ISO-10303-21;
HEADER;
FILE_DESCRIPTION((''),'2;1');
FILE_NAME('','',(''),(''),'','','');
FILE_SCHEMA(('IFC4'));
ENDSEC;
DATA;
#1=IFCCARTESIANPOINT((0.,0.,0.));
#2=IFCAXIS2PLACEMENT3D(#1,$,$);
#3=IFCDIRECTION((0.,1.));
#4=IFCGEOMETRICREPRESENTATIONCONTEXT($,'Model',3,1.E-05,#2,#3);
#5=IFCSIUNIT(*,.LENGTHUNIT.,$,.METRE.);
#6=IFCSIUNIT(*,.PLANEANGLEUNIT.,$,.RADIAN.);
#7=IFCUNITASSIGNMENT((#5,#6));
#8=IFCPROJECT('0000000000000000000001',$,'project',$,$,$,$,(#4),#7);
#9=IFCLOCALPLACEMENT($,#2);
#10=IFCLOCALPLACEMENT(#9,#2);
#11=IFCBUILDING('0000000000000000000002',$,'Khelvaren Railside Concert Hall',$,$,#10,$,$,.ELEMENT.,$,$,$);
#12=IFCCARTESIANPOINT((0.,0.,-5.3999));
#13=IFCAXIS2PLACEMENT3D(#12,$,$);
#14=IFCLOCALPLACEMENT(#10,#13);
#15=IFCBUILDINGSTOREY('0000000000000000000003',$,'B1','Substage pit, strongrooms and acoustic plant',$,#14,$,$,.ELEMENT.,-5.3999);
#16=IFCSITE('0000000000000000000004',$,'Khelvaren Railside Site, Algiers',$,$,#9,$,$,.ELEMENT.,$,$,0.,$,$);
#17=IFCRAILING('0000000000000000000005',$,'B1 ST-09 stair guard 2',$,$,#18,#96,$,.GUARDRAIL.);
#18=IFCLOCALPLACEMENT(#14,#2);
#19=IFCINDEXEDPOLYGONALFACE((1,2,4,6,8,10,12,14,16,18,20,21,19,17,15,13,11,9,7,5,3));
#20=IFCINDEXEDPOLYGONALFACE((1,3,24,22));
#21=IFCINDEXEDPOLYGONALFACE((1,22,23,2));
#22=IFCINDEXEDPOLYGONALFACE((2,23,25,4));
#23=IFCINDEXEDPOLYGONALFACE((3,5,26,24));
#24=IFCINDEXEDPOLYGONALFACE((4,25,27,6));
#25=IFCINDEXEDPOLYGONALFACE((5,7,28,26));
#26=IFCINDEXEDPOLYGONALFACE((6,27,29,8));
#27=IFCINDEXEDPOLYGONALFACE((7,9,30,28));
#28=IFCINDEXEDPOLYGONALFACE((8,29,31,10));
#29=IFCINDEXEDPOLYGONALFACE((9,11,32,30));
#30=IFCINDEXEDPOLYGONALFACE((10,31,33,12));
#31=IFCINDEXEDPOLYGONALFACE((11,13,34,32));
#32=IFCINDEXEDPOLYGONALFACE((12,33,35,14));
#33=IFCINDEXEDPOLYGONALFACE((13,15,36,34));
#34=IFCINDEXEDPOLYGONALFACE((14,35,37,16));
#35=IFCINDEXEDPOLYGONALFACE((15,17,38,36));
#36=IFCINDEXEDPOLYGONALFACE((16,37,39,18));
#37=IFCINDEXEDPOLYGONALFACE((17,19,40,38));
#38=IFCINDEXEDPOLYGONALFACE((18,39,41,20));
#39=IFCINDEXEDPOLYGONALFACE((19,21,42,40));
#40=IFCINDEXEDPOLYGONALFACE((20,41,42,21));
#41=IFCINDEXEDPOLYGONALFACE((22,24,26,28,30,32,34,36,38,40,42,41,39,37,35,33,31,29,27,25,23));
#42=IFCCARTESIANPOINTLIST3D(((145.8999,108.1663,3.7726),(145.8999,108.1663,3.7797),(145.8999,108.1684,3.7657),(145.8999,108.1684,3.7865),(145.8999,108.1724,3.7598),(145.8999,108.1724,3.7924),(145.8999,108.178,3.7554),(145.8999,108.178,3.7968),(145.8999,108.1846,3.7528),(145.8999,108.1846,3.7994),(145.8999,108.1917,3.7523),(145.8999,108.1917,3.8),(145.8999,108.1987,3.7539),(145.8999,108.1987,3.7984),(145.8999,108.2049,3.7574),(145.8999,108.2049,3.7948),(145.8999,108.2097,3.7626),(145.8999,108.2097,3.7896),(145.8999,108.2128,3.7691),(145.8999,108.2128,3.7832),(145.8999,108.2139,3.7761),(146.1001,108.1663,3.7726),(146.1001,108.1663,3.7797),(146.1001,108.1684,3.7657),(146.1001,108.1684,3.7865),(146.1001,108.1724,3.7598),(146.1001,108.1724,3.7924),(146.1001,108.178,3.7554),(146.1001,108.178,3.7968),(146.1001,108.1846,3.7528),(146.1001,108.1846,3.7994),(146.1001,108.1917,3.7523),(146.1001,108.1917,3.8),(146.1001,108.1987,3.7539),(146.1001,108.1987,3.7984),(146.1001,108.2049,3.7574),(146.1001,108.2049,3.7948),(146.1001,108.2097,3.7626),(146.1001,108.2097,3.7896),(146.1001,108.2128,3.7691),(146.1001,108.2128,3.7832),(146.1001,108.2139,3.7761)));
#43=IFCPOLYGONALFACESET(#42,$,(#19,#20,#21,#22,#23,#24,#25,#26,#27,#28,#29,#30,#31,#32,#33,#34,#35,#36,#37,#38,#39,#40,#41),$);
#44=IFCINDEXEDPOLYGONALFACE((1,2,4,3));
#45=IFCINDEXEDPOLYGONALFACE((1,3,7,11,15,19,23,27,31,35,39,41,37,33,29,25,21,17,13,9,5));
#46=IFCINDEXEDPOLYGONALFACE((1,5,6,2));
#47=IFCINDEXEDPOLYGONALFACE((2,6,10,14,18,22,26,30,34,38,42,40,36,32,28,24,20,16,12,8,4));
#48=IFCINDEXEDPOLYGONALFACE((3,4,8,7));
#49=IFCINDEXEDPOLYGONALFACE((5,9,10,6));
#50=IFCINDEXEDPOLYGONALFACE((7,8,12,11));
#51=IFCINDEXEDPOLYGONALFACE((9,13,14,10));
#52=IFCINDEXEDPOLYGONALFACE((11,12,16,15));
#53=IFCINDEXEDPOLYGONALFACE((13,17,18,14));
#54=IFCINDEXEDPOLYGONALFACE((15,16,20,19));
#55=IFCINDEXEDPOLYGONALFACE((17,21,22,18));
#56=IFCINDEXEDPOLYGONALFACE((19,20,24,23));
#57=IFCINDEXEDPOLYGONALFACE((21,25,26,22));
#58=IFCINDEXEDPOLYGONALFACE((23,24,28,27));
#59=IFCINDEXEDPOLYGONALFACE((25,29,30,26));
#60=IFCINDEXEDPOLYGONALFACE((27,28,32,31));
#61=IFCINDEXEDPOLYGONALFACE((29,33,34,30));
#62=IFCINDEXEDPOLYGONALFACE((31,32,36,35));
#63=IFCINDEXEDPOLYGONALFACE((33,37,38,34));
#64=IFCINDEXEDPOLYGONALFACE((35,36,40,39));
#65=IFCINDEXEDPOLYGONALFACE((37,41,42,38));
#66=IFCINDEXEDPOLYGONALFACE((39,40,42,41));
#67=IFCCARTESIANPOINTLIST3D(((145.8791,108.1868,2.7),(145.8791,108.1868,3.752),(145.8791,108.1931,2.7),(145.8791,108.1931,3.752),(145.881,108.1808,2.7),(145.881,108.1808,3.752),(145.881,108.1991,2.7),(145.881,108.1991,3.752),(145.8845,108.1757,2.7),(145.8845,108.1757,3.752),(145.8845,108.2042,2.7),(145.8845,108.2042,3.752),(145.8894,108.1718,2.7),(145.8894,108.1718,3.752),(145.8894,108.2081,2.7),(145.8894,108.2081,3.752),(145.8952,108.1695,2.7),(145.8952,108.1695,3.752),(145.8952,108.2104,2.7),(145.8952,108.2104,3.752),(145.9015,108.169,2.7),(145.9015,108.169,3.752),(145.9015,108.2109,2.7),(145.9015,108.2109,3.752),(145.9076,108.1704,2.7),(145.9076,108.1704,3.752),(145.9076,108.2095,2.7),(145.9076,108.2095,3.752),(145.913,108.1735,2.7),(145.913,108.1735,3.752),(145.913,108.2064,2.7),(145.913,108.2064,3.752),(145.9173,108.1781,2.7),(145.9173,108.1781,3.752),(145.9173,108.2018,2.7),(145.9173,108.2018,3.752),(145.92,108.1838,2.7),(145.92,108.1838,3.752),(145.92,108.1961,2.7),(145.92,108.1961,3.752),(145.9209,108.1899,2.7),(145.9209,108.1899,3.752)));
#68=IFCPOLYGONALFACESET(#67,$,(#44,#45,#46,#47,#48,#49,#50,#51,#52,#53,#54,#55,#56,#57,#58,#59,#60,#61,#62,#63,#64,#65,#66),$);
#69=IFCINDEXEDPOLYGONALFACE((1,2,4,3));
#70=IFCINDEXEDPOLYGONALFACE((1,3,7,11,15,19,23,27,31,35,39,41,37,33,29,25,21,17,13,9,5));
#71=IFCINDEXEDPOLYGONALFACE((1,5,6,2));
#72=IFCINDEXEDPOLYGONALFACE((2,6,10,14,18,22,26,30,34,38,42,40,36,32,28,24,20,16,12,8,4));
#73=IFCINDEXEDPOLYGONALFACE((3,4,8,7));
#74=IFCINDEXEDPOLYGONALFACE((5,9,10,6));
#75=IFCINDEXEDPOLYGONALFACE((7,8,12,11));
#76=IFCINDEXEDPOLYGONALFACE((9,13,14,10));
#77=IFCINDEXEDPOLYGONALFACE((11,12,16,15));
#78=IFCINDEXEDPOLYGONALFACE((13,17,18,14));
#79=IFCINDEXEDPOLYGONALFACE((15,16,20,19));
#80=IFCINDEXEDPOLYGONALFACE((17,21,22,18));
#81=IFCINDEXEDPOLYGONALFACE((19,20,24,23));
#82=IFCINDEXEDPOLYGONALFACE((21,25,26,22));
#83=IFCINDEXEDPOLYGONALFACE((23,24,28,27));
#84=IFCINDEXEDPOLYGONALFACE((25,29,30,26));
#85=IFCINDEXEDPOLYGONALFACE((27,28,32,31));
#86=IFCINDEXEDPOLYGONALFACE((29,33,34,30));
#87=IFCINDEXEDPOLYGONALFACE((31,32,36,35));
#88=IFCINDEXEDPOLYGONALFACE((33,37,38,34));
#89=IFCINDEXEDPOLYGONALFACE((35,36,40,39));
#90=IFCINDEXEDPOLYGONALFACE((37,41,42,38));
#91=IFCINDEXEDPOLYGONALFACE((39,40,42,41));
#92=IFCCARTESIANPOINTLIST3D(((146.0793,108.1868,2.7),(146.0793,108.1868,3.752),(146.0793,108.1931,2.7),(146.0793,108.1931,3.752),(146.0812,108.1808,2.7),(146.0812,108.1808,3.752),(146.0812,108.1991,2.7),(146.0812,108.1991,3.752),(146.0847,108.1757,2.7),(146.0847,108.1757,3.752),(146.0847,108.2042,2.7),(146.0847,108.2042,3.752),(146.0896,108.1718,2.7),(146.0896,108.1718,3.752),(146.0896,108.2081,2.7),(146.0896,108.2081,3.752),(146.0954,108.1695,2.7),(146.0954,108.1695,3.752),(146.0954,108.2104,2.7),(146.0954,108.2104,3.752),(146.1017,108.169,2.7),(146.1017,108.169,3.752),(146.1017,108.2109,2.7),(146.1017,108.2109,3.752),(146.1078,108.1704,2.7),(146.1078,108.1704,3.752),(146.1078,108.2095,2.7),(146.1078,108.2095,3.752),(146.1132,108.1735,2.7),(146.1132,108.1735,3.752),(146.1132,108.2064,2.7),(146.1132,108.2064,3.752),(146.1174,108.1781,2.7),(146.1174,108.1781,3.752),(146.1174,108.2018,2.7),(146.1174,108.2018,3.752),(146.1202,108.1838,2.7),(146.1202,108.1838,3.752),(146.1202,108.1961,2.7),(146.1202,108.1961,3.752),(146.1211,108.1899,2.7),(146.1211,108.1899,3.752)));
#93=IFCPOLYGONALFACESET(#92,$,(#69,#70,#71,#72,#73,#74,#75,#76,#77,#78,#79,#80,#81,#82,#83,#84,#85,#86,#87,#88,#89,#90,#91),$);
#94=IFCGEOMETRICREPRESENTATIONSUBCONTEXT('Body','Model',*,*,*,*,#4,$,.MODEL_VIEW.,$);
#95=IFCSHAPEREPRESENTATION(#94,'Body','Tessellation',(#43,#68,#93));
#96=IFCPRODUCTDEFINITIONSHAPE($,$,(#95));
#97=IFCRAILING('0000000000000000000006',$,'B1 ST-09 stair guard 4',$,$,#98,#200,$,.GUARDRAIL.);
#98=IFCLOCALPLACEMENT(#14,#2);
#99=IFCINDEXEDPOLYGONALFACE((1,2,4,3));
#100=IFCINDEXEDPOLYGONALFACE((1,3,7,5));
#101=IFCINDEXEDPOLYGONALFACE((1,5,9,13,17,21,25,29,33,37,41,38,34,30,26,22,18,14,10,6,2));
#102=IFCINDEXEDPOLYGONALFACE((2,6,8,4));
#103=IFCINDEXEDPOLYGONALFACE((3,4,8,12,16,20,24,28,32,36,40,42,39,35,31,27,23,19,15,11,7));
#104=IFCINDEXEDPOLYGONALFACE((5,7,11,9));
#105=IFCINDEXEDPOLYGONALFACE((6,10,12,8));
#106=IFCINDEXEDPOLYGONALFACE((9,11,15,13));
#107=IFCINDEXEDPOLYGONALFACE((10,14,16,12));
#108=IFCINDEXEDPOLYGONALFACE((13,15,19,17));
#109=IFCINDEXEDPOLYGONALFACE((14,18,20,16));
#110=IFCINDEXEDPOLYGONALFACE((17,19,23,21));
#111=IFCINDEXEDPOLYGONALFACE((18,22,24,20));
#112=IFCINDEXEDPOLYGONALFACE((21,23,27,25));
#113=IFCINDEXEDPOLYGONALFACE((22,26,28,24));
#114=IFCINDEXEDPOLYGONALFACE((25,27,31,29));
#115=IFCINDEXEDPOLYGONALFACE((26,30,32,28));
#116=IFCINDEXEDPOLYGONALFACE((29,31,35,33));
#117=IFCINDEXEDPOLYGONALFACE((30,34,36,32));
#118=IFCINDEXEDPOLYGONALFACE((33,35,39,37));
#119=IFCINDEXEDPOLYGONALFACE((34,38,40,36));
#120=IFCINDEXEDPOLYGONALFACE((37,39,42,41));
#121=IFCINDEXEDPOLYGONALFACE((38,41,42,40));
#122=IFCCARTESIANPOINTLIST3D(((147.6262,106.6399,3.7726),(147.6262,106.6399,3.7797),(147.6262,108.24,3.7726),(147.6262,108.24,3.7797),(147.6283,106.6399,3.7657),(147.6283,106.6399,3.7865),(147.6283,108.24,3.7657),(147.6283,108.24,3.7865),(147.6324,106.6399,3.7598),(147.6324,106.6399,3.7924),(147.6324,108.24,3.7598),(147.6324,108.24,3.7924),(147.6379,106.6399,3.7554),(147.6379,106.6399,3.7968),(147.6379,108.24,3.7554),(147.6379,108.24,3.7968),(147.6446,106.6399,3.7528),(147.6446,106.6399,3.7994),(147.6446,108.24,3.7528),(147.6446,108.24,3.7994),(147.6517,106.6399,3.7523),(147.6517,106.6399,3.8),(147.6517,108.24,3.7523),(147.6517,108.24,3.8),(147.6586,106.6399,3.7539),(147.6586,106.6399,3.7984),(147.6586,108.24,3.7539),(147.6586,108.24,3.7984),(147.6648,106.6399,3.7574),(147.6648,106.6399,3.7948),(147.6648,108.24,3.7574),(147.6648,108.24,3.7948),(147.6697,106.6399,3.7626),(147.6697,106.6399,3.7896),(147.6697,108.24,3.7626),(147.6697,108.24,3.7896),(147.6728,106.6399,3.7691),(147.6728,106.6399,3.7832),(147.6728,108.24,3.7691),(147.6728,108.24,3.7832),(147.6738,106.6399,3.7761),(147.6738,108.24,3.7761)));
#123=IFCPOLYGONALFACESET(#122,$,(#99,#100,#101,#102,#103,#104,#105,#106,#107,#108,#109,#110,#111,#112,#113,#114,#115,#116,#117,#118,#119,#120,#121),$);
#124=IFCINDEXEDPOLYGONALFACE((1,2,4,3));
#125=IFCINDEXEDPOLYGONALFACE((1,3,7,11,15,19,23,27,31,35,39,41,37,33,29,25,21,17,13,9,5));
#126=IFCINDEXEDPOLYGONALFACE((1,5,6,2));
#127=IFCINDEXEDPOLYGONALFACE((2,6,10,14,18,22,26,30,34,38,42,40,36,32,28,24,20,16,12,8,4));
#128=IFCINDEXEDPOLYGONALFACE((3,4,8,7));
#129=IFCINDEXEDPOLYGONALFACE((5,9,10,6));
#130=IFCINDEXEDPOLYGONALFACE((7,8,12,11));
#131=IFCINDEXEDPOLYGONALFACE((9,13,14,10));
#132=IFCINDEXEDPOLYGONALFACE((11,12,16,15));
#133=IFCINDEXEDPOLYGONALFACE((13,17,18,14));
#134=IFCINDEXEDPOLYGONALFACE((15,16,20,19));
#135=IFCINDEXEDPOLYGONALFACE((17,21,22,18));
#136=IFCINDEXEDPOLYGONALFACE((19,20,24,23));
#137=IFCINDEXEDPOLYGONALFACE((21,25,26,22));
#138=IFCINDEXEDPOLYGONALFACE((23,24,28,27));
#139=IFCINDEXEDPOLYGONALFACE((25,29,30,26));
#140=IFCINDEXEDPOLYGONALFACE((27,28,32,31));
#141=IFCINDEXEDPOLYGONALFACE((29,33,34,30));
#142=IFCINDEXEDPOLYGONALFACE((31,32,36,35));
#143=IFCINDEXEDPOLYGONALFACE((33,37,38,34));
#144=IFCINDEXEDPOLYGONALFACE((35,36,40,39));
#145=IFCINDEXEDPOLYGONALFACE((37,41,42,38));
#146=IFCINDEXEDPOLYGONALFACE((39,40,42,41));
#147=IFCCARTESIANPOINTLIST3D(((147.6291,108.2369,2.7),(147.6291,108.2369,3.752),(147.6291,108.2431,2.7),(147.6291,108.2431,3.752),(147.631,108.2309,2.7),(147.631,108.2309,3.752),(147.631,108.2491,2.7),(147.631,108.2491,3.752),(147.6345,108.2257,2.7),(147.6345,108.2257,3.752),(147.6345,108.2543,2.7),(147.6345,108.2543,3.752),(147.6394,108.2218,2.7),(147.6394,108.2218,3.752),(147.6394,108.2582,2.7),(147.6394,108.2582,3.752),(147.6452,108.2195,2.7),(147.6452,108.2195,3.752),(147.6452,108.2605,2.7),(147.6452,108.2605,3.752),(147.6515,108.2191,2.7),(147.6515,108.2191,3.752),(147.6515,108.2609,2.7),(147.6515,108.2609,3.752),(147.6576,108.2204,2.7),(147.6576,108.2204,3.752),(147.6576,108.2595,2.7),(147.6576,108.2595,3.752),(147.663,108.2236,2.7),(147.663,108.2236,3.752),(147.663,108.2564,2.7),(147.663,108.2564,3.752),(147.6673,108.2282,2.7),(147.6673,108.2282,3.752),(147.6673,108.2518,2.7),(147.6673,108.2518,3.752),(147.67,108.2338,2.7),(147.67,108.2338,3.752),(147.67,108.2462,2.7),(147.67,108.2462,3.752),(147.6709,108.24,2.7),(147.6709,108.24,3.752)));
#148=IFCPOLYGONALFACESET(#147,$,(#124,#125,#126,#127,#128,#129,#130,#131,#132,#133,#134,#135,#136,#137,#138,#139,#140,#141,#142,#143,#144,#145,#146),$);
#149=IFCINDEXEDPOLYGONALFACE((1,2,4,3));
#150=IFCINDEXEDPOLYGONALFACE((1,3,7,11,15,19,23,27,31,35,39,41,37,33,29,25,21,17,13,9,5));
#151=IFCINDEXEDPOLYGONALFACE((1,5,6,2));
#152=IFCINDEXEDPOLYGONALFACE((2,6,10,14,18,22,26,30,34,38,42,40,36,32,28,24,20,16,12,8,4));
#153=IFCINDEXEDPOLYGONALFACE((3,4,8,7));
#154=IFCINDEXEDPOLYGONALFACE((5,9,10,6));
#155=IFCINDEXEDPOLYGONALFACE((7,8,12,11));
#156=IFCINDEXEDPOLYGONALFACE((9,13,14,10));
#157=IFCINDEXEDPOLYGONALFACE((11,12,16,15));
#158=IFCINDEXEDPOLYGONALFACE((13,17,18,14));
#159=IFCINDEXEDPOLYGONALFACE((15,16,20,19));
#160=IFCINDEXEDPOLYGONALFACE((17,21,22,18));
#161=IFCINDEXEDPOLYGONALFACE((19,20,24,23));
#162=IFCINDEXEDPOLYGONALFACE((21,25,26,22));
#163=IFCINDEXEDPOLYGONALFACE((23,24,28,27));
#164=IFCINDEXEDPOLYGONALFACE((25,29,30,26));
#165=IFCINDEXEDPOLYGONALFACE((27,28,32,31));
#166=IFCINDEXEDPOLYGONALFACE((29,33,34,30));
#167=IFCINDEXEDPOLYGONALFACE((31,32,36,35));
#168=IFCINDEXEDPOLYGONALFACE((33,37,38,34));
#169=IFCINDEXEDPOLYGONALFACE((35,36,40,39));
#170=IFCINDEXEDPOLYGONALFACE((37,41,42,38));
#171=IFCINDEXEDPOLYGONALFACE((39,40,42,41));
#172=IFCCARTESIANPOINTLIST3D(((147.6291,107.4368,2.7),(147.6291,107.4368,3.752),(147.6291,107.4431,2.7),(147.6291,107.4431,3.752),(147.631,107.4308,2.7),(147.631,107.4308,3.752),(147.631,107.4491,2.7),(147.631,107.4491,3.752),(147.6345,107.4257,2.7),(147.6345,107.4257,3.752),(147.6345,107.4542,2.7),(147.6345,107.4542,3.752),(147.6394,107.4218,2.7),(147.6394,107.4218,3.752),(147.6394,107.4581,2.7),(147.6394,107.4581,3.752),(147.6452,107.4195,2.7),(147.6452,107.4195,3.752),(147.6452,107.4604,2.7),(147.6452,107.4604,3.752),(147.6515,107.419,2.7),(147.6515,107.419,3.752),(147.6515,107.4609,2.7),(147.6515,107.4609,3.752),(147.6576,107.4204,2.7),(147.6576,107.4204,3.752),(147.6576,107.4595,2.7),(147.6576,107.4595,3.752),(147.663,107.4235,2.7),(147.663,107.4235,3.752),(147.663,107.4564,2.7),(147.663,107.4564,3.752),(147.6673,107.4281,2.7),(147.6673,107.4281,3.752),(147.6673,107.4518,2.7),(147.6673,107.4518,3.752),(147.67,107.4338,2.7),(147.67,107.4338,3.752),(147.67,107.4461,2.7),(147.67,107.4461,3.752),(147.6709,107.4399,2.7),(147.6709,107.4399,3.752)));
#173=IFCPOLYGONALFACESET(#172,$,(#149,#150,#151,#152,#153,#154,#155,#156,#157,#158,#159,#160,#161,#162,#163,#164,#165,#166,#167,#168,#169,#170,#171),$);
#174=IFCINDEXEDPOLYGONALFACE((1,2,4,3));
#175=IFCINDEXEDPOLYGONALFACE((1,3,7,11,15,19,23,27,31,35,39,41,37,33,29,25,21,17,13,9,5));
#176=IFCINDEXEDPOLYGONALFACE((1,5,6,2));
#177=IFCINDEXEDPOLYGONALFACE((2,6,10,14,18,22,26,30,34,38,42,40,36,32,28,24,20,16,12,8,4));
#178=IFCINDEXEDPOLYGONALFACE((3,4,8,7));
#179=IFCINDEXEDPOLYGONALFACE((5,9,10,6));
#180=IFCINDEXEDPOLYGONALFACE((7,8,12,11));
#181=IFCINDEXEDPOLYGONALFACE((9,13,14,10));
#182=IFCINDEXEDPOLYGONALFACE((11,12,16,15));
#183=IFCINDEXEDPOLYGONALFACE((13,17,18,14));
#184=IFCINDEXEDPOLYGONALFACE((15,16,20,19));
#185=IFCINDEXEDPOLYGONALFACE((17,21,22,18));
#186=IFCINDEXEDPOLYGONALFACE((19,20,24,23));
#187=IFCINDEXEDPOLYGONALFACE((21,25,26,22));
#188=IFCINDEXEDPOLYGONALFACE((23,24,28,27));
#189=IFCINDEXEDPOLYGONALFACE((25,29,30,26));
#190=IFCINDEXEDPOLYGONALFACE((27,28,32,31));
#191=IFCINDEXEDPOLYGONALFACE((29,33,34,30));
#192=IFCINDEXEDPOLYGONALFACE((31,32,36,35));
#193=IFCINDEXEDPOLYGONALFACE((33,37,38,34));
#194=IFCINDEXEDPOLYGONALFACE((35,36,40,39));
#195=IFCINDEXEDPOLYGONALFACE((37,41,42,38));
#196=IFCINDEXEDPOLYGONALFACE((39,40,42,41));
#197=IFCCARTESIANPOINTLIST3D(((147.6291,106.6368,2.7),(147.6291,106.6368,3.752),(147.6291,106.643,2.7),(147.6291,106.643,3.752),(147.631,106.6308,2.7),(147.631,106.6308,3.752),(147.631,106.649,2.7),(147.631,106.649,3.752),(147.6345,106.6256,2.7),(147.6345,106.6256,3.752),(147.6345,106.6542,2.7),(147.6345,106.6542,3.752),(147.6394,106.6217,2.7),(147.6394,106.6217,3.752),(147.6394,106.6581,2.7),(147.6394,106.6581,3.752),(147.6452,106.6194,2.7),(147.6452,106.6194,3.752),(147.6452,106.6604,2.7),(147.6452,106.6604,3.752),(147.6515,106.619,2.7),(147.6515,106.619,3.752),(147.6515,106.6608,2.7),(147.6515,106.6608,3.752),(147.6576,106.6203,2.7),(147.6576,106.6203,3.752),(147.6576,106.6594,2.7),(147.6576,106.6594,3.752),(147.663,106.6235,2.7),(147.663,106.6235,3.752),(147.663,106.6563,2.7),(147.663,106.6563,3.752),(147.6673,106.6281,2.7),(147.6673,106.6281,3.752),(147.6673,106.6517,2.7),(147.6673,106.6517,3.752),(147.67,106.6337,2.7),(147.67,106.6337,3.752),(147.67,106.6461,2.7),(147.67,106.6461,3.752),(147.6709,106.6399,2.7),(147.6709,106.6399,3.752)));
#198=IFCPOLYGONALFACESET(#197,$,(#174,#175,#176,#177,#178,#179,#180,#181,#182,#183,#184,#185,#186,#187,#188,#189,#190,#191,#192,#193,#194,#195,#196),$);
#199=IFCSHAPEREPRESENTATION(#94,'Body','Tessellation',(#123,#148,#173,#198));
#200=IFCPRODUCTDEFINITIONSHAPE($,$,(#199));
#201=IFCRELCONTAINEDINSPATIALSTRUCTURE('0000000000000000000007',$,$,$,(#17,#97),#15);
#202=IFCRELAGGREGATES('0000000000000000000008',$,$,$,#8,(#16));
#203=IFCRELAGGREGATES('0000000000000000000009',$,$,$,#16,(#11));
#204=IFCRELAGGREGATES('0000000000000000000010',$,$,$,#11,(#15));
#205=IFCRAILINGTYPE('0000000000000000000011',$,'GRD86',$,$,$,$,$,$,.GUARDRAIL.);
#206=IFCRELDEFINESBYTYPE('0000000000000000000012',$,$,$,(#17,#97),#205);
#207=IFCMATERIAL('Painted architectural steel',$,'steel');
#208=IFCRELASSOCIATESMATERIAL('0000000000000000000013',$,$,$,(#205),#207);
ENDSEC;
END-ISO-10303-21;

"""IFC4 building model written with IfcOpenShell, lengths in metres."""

from ifc_helpers import new_model, si_unit, direction, frame, origin, origin_2d, place, context, subcontext, project, spatial, circle, extrude, material, type_object, element, save


model = new_model("IFC4")

# Units and contexts
model_context = context("Model", 3, precision=1e-05, world=origin(), true_north=direction((0.0, 1.0)))
body_context = subcontext(model_context, "Body", "Model", "MODEL_VIEW")
ifc_project = project(units=[si_unit("LENGTHUNIT", "METRE"), si_unit("PLANEANGLEUNIT", "RADIAN")], contexts=[model_context])

# Site, building, storey
site_placement = place(None, origin())
site = spatial("IfcSite", under=ifc_project, at=site_placement, Name="Khelvaren Railside Site, Algiers", CompositionType="ELEMENT", RefElevation=0.0)
building_placement = place(site_placement, origin())
building = spatial("IfcBuilding", under=site, at=building_placement, Name="Khelvaren Railside Concert Hall", CompositionType="ELEMENT")
storey_placement = place(building_placement, frame((0.0, 0.0, -5.3999)))
storey = spatial("IfcBuildingStorey", under=building, at=storey_placement, Name="B1", Description="Substage pit, strongrooms and acoustic plant", CompositionType="ELEMENT", Elevation=-5.3999)

# Railings
ifc_material_1 = material(Name="Painted architectural steel", Category="steel")
railing_type_1 = type_object("IfcRailingType", Name="GRD86", PredefinedType="GUARDRAIL", material=ifc_material_1)
railing_1_placement = place(storey_placement, frame((145.8999, 108.1899, 2.7)))
element("IfcRailing", 1, at=railing_1_placement, inside=storey, type_object=railing_type_1, Name="B1 ST-09 stair guard 2", PredefinedType="GUARDRAIL", context=body_context, shape_type="SweptSolid", body=[
    extrude(circle(Radius=0.0239, at=origin_2d()), frame((0.0, 0.0, 1.0762), z_axis=(1.0, 0.0, 0.0), x_axis=(0.0, 1.0, 0.0)), (0.0, 0.0, 1.0), 0.2002),
    extrude(circle(Radius=0.021, at=origin_2d()), origin(), (0.0, 0.0, 1.0), 1.052),
    extrude(circle(Radius=0.021, at=origin_2d()), frame((0.2002, 0.0, 0.0)), (0.0, 0.0, 1.0), 1.052),
])
railing_2_placement = place(storey_placement, frame((147.6499, 108.24, 2.7)))
element("IfcRailing", 2, at=railing_2_placement, inside=storey, type_object=railing_type_1, Name="B1 ST-09 stair guard 4", PredefinedType="GUARDRAIL", context=body_context, shape_type="SweptSolid", body=[
    extrude(circle(Radius=0.0239, at=origin_2d()), frame((0.0, 0.0, 1.0762), z_axis=(0.0, -1.0, 0.0), x_axis=(1.0, 0.0, 0.0)), (0.0, 0.0, 1.0), 1.6001),
    extrude(circle(Radius=0.021, at=origin_2d()), origin(), (0.0, 0.0, 1.0), 1.052),
    extrude(circle(Radius=0.021, at=origin_2d()), frame((0.0, -0.8, 0.0)), (0.0, 0.0, 1.0), 1.052),
    extrude(circle(Radius=0.021, at=origin_2d()), frame((0.0, -1.6001, 0.0)), (0.0, 0.0, 1.0), 1.052),
])

save(model, "model.ifc")
